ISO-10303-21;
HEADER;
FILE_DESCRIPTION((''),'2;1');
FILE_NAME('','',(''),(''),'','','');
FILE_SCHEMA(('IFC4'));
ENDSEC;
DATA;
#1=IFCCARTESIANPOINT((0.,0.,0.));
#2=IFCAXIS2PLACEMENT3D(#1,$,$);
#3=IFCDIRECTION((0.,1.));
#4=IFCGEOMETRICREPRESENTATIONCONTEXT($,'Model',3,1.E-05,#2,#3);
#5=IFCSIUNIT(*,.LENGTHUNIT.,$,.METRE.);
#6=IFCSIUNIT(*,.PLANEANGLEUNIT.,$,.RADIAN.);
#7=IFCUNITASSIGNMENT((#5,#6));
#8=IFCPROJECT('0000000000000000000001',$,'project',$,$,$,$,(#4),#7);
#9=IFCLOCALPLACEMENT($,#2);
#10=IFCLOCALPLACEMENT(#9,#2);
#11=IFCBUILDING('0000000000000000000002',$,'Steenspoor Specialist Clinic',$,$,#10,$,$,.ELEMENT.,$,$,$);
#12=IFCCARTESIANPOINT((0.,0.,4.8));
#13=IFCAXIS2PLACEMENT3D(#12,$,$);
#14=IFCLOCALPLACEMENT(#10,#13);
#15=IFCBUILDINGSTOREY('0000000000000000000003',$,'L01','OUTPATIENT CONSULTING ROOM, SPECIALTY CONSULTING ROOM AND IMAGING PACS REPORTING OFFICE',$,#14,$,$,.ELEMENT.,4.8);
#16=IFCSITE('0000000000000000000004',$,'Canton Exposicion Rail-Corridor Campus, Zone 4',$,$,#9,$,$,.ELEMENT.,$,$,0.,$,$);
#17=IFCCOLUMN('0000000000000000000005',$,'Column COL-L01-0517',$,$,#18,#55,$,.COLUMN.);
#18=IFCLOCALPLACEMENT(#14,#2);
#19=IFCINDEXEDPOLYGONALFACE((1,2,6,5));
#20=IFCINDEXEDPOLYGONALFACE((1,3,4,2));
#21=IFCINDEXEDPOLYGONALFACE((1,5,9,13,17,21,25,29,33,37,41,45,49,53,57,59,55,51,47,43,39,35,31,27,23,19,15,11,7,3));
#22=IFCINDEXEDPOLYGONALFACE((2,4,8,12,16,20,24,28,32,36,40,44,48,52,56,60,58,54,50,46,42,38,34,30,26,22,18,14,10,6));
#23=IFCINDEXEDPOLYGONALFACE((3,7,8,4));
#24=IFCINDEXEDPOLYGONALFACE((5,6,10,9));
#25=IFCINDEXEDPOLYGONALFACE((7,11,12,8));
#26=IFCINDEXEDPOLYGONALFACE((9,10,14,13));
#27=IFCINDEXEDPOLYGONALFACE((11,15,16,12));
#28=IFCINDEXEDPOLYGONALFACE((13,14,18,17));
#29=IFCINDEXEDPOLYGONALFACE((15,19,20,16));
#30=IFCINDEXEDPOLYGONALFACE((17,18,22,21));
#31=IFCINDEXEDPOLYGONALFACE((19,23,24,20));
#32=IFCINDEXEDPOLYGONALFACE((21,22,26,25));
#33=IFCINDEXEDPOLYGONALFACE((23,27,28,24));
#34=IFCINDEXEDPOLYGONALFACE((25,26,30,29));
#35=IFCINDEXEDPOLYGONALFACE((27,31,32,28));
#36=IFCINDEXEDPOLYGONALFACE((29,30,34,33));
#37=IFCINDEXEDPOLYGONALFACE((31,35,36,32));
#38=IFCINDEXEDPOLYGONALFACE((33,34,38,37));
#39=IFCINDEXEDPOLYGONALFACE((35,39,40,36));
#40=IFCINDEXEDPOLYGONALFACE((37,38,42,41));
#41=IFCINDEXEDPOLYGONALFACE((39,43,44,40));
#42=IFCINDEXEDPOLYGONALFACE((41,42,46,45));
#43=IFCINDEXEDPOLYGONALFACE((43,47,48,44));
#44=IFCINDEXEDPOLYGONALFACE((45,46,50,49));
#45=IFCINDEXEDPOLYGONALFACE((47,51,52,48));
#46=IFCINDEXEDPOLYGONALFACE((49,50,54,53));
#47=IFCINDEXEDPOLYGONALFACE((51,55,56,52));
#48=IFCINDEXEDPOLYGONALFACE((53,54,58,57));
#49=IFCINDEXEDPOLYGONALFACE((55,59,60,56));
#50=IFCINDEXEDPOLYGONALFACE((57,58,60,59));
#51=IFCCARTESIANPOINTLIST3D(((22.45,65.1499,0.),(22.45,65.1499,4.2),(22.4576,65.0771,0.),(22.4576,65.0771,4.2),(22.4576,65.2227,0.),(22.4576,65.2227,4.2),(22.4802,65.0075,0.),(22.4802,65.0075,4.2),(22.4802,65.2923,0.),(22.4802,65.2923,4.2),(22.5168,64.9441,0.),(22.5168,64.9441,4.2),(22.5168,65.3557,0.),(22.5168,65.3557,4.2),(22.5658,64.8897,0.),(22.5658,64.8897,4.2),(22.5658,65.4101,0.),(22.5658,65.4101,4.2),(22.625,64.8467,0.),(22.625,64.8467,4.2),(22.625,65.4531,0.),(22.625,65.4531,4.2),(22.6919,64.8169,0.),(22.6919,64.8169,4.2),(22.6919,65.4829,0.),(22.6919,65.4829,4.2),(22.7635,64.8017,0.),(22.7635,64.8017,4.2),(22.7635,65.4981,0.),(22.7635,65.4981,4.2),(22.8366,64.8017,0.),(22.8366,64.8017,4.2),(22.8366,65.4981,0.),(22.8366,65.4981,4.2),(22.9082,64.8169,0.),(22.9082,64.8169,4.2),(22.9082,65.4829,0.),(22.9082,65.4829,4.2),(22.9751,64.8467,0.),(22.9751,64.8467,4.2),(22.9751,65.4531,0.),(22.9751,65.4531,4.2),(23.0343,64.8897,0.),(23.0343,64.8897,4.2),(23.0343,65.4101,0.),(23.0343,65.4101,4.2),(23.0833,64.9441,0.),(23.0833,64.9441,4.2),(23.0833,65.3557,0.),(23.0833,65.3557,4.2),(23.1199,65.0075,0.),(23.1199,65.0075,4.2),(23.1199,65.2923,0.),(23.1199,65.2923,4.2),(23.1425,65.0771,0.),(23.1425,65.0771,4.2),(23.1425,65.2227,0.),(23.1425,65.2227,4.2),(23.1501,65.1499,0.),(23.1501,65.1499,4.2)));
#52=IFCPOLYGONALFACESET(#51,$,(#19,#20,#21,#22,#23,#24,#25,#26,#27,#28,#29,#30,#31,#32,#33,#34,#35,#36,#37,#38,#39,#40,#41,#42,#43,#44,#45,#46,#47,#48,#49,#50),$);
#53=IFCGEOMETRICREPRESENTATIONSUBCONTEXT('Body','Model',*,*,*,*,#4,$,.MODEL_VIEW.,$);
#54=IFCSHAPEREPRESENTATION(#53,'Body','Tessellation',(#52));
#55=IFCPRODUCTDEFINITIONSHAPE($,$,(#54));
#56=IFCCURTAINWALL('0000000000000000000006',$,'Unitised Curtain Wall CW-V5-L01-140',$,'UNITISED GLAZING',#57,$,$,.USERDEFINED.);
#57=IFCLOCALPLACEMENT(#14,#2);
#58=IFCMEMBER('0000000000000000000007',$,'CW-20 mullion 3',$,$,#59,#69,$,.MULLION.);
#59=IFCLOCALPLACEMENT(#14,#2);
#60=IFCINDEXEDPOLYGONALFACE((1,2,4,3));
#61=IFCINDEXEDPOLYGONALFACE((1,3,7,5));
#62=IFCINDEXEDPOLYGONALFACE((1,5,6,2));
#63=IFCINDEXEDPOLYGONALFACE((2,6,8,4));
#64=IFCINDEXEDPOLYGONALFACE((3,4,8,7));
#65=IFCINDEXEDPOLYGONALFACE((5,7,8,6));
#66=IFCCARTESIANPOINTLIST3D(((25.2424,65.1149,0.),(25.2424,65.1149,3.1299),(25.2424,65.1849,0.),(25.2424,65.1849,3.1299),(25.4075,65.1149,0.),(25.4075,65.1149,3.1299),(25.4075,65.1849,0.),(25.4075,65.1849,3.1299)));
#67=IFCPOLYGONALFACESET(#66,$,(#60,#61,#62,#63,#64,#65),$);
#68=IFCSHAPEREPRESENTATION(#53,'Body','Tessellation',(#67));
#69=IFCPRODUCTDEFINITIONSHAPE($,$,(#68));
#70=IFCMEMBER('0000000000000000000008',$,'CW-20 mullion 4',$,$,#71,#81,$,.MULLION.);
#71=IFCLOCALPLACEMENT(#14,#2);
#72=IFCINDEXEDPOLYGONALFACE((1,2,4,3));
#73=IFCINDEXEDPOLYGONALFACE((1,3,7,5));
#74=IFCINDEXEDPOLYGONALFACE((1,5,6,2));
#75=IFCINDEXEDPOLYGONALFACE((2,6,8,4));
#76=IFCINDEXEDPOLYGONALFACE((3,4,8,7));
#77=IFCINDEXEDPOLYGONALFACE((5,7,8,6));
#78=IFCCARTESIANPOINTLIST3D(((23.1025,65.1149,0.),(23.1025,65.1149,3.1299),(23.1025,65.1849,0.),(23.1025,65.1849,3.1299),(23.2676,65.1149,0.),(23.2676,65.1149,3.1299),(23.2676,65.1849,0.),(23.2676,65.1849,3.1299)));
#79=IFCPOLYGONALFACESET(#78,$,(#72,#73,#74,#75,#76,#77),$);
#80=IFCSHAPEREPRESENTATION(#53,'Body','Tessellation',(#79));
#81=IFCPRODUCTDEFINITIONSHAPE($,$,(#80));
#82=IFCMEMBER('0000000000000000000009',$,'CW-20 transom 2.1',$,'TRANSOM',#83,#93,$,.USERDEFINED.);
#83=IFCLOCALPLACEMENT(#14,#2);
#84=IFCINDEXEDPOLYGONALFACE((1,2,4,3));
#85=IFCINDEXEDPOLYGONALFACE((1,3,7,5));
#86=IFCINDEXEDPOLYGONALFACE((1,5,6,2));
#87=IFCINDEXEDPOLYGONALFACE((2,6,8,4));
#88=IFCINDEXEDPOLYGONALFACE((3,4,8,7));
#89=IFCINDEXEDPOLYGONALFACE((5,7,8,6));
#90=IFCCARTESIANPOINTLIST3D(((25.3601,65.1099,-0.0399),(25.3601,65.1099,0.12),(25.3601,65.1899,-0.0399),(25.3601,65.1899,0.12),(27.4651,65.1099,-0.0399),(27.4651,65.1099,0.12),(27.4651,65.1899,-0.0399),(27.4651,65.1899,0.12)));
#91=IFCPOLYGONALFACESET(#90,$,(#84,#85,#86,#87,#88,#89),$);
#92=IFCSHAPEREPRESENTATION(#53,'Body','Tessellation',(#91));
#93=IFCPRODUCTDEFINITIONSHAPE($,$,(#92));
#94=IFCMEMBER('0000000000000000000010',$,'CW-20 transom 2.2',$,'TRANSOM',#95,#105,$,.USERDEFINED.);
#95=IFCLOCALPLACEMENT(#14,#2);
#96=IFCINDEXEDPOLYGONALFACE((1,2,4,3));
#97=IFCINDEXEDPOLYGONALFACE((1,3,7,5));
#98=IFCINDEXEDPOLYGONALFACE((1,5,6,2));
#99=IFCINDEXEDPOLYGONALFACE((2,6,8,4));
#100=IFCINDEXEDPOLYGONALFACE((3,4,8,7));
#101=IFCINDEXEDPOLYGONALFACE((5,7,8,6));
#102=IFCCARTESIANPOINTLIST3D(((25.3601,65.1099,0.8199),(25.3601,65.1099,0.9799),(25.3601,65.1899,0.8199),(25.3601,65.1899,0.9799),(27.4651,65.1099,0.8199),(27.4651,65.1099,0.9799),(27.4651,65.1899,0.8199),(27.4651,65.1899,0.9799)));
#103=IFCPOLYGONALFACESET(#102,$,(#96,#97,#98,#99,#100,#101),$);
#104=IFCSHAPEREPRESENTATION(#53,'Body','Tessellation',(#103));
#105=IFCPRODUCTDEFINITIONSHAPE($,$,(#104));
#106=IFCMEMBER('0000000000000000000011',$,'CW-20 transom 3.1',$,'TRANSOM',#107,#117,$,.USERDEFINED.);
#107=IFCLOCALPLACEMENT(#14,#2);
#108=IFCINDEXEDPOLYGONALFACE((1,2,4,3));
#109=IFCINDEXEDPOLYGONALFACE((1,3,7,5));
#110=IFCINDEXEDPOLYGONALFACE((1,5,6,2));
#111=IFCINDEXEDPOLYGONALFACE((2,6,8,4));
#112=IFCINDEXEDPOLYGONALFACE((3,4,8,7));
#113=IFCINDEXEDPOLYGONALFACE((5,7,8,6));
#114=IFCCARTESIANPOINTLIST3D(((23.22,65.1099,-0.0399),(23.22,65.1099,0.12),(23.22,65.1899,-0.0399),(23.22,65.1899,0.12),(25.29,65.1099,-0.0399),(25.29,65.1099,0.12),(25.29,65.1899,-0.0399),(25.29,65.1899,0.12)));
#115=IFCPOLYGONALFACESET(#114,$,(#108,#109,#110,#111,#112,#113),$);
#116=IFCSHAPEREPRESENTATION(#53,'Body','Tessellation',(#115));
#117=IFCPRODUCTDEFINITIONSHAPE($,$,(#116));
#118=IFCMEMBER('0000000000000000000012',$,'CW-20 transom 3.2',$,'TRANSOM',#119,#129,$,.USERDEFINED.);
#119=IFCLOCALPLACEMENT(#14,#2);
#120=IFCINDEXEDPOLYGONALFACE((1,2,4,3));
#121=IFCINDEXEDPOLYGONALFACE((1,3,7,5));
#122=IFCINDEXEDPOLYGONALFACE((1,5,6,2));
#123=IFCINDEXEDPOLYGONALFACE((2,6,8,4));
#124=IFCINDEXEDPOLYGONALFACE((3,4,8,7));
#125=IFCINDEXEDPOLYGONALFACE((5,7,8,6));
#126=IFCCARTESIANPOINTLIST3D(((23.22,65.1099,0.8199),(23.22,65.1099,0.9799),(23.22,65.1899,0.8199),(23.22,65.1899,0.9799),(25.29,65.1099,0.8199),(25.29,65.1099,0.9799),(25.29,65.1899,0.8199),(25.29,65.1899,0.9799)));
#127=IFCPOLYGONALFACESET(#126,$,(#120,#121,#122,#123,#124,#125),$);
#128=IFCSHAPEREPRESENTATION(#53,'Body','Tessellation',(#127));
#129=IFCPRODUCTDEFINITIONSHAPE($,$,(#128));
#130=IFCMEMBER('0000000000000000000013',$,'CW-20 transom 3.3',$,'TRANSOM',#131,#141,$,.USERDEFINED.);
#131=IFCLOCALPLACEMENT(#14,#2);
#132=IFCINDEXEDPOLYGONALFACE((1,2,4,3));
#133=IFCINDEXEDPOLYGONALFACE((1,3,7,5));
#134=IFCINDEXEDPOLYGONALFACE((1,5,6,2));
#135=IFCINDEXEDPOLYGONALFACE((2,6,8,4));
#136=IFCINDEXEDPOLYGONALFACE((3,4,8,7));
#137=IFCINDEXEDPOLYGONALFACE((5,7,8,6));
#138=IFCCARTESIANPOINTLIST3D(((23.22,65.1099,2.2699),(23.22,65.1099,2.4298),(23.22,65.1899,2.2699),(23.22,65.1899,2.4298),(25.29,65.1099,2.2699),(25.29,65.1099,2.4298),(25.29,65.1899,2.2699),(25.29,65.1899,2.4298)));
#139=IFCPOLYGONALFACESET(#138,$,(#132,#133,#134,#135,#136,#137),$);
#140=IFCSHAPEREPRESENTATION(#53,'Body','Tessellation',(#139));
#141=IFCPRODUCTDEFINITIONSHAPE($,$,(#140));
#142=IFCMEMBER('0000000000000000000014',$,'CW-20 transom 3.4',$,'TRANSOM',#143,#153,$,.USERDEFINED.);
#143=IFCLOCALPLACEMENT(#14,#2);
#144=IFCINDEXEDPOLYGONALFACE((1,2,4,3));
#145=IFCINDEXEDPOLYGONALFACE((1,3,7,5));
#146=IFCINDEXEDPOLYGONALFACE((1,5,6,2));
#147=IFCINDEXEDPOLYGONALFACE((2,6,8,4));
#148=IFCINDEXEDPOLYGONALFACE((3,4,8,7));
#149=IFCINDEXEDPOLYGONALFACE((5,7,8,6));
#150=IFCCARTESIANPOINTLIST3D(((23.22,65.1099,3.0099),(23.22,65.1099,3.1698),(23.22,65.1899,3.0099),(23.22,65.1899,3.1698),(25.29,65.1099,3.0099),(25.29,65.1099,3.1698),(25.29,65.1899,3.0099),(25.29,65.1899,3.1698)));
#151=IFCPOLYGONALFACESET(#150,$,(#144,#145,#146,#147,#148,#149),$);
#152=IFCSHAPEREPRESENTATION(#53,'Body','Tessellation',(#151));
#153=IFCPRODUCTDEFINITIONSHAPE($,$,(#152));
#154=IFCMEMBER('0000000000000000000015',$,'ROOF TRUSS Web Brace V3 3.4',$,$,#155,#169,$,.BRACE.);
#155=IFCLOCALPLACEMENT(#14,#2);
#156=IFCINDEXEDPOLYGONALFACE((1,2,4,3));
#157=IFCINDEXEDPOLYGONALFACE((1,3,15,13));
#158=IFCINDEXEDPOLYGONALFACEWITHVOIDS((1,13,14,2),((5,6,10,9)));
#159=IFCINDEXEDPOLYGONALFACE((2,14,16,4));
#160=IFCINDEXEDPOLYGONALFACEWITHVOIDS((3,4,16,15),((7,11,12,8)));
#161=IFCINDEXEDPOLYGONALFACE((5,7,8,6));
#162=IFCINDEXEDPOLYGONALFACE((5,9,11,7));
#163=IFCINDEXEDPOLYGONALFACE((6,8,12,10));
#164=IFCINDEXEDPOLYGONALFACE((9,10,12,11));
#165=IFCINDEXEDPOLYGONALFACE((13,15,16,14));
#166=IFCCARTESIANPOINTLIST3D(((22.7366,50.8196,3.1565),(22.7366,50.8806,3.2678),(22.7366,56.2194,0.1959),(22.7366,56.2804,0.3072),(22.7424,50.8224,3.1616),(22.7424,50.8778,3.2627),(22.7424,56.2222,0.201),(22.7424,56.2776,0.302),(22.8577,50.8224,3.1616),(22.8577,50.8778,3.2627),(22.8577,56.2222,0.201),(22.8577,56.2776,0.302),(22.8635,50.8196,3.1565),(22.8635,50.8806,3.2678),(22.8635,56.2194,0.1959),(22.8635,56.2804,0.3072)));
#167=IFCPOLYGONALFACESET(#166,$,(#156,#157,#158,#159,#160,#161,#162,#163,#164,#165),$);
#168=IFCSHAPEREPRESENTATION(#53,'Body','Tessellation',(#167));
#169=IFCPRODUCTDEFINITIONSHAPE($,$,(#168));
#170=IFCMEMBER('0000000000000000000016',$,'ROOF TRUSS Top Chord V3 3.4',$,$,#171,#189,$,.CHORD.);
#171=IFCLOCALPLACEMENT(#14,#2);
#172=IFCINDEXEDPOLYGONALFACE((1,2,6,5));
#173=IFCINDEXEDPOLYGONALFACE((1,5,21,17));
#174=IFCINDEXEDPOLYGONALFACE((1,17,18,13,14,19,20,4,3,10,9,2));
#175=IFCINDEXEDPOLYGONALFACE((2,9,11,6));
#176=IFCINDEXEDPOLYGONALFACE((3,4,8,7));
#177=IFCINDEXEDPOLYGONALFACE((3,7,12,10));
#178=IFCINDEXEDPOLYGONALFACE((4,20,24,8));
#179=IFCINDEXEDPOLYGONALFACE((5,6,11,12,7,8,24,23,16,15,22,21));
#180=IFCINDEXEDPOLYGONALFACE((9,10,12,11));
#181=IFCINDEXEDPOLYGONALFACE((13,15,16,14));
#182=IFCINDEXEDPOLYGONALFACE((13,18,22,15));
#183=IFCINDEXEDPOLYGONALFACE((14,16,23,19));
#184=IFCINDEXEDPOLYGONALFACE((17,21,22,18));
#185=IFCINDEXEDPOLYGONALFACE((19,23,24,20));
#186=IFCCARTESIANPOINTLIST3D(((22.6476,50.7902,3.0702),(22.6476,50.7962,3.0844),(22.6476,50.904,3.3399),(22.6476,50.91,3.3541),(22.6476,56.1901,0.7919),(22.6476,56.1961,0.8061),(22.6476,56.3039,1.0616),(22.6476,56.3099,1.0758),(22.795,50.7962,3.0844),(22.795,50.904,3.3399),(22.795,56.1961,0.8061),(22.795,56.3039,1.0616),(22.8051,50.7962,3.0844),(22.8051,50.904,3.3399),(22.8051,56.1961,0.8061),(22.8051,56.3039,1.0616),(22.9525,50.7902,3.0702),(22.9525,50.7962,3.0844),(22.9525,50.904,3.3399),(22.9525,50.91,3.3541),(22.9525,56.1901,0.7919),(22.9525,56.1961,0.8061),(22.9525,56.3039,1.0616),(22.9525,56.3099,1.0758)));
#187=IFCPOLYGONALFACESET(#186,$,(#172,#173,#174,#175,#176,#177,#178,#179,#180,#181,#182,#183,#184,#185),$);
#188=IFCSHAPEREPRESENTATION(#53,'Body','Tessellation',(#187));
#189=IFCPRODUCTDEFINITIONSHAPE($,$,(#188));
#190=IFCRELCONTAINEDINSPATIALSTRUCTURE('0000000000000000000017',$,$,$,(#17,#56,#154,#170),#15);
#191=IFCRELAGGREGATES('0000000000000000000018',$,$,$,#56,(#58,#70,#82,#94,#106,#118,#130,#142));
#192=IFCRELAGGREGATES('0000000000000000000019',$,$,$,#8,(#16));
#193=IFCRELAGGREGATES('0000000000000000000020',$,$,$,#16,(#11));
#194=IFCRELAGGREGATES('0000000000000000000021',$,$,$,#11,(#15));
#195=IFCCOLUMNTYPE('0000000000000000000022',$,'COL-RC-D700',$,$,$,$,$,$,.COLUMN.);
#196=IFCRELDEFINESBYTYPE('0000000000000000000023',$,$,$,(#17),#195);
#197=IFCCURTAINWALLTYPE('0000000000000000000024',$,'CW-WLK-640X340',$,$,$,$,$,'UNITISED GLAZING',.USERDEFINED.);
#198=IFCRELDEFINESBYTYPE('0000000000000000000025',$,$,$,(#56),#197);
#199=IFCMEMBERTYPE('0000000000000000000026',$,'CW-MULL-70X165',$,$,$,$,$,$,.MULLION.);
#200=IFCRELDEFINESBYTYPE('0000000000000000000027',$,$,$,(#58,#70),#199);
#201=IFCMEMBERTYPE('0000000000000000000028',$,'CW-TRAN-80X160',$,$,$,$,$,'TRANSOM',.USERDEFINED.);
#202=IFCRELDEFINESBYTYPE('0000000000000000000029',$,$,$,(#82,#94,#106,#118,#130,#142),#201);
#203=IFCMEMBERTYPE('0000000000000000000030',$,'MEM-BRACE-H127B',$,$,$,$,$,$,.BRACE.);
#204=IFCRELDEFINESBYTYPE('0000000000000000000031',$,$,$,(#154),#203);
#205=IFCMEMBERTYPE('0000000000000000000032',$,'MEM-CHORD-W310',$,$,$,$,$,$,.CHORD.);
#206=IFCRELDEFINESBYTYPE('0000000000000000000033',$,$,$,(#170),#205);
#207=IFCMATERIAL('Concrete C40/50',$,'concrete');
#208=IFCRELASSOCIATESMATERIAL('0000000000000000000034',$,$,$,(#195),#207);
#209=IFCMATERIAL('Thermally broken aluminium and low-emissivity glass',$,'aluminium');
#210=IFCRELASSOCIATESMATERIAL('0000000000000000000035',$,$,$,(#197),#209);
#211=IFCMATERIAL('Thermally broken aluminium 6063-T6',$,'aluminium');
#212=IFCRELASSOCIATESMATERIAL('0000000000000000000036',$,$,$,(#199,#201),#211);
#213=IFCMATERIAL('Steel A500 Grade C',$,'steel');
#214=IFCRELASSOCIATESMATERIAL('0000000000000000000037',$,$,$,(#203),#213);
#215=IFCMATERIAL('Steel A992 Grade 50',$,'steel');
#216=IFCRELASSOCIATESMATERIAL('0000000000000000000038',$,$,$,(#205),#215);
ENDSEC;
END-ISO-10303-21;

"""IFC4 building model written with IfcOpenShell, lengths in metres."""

from ifc_helpers import new_model, si_unit, direction, frame, origin, origin_2d, place, context, subcontext, project, spatial, rectangle, hollow_rectangle, circle, i_section, extrude, material, material_profile, profile_set, type_object, element, aggregate, save


model = new_model("IFC4")

# Units and contexts
model_context = context("Model", 3, precision=1e-05, world=origin(), true_north=direction((0.0, 1.0)))
body_context = subcontext(model_context, "Body", "Model", "MODEL_VIEW")
ifc_project = project(units=[si_unit("LENGTHUNIT", "METRE"), si_unit("PLANEANGLEUNIT", "RADIAN")], contexts=[model_context])

# Site, building, storey
site_placement = place(None, origin())
site = spatial("IfcSite", under=ifc_project, at=site_placement, Name="Canton Exposicion Rail-Corridor Campus, Zone 4", CompositionType="ELEMENT", RefElevation=0.0)
building_placement = place(site_placement, origin())
building = spatial("IfcBuilding", under=site, at=building_placement, Name="Steenspoor Specialist Clinic", CompositionType="ELEMENT")
storey_placement = place(building_placement, frame((0.0, 0.0, 4.8)))
storey = spatial("IfcBuildingStorey", under=building, at=storey_placement, Name="L01", Description="OUTPATIENT CONSULTING ROOM, SPECIALTY CONSULTING ROOM AND IMAGING PACS REPORTING OFFICE", CompositionType="ELEMENT", Elevation=4.8)

# Column
ifc_material_1 = material(Name="Concrete C40/50", Category="concrete")
ifc_material_profile_1 = material_profile(ifc_material_1, circle(Radius=0.3501, at=origin_2d()), Name="RC-COL-D700")
ifc_profile_set_1 = profile_set([ifc_material_profile_1], Name="Concrete C40/50")
column_type = type_object("IfcColumnType", Name="COL-RC-D700", PredefinedType="COLUMN", material=ifc_profile_set_1)
column_placement = place(storey_placement, frame((22.8, 65.1499, 0.0), z_axis=(0.0, 0.0, 1.0), x_axis=(1.0, 0.0, 0.0)))
element("IfcColumn", 1, at=column_placement, inside=storey, type_object=column_type, Name="Column COL-L01-0517", PredefinedType="COLUMN", context=body_context, shape_type="SweptSolid", body=[
    extrude(circle(Radius=0.3501, at=origin_2d()), origin(), (0.0, 0.0, 1.0), 4.2),
])

# Curtain wall, members
ifc_material_2 = material(Name="Thermally broken aluminium and low-emissivity glass", Category="aluminium")
curtain_wall_type = type_object("IfcCurtainWallType", Name="CW-WLK-640X340", ElementType="UNITISED GLAZING", PredefinedType="USERDEFINED", material=ifc_material_2)
curtain_wall_placement = place(storey_placement, origin())
curtain_wall = element("IfcCurtainWall", 2, at=curtain_wall_placement, inside=storey, type_object=curtain_wall_type, Name="Unitised Curtain Wall CW-V5-L01-140", ObjectType="UNITISED GLAZING", PredefinedType="USERDEFINED")
ifc_material_3 = material(Name="Thermally broken aluminium 6063-T6", Category="aluminium")
ifc_material_profile_2 = material_profile(ifc_material_3, rectangle(XDim=0.0701, YDim=0.165, at=origin_2d()), Name="CWM-70X165")
ifc_profile_set_2 = profile_set([ifc_material_profile_2], Name="Thermally broken aluminium 6063-T6")
member_type_1 = type_object("IfcMemberType", Name="CW-MULL-70X165", PredefinedType="MULLION", material=ifc_profile_set_2)
member_1_placement = place(storey_placement, frame((25.325, 65.1499, 0.0), z_axis=(0.0, 0.0, 1.0), x_axis=(0.0, -1.0, 0.0)))
member_1 = element("IfcMember", 3, at=member_1_placement, type_object=member_type_1, Name="CW-20 mullion 3", PredefinedType="MULLION", context=body_context, shape_type="SweptSolid", body=[
    extrude(rectangle(XDim=0.0701, YDim=0.165, at=origin_2d()), origin(), (0.0, 0.0, 1.0), 3.1299),
])
member_2_placement = place(storey_placement, frame((23.1851, 65.1499, 0.0), z_axis=(0.0, 0.0, 1.0), x_axis=(0.0, -1.0, 0.0)))
member_2 = element("IfcMember", 4, at=member_2_placement, type_object=member_type_1, Name="CW-20 mullion 4", PredefinedType="MULLION", context=body_context, shape_type="SweptSolid", body=[
    extrude(rectangle(XDim=0.0701, YDim=0.165, at=origin_2d()), origin(), (0.0, 0.0, 1.0), 3.1299),
])
ifc_material_profile_3 = material_profile(ifc_material_3, rectangle(XDim=0.0801, YDim=0.1599, at=origin_2d()), Name="CWT-80X160")
ifc_profile_set_3 = profile_set([ifc_material_profile_3], Name="Thermally broken aluminium 6063-T6")
member_type_2 = type_object("IfcMemberType", Name="CW-TRAN-80X160", ElementType="TRANSOM", PredefinedType="USERDEFINED", material=ifc_profile_set_3)
member_3_placement = place(storey_placement, frame((27.4651, 65.1499, 0.04), z_axis=(-1.0, 0.0, 0.0), x_axis=(0.0, -1.0, 0.0)))
member_3 = element("IfcMember", 5, at=member_3_placement, type_object=member_type_2, Name="CW-20 transom 2.1", ObjectType="TRANSOM", PredefinedType="USERDEFINED", context=body_context, shape_type="SweptSolid", body=[
    extrude(rectangle(XDim=0.0801, YDim=0.1599, at=origin_2d()), origin(), (0.0, 0.0, 1.0), 2.105),
])
member_4_placement = place(storey_placement, frame((27.4651, 65.1499, 0.8999), z_axis=(-1.0, 0.0, 0.0), x_axis=(0.0, -1.0, 0.0)))
member_4 = element("IfcMember", 6, at=member_4_placement, type_object=member_type_2, Name="CW-20 transom 2.2", ObjectType="TRANSOM", PredefinedType="USERDEFINED", context=body_context, shape_type="SweptSolid", body=[
    extrude(rectangle(XDim=0.0801, YDim=0.1599, at=origin_2d()), origin(), (0.0, 0.0, 1.0), 2.105),
])
member_5_placement = place(storey_placement, frame((25.29, 65.1499, 0.04), z_axis=(-1.0, 0.0, 0.0), x_axis=(0.0, -1.0, 0.0)))
member_5 = element("IfcMember", 7, at=member_5_placement, type_object=member_type_2, Name="CW-20 transom 3.1", ObjectType="TRANSOM", PredefinedType="USERDEFINED", context=body_context, shape_type="SweptSolid", body=[
    extrude(rectangle(XDim=0.0801, YDim=0.1599, at=origin_2d()), origin(), (0.0, 0.0, 1.0), 2.0701),
])
member_6_placement = place(storey_placement, frame((25.29, 65.1499, 0.8999), z_axis=(-1.0, 0.0, 0.0), x_axis=(0.0, -1.0, 0.0)))
member_6 = element("IfcMember", 8, at=member_6_placement, type_object=member_type_2, Name="CW-20 transom 3.2", ObjectType="TRANSOM", PredefinedType="USERDEFINED", context=body_context, shape_type="SweptSolid", body=[
    extrude(rectangle(XDim=0.0801, YDim=0.1599, at=origin_2d()), origin(), (0.0, 0.0, 1.0), 2.0701),
])
member_7_placement = place(storey_placement, frame((25.29, 65.1499, 2.3499), z_axis=(-1.0, 0.0, 0.0), x_axis=(0.0, -1.0, 0.0)))
member_7 = element("IfcMember", 9, at=member_7_placement, type_object=member_type_2, Name="CW-20 transom 3.3", ObjectType="TRANSOM", PredefinedType="USERDEFINED", context=body_context, shape_type="SweptSolid", body=[
    extrude(rectangle(XDim=0.0801, YDim=0.1599, at=origin_2d()), origin(), (0.0, 0.0, 1.0), 2.0701),
])
member_8_placement = place(storey_placement, frame((25.29, 65.1499, 3.0898), z_axis=(-1.0, 0.0, 0.0), x_axis=(0.0, -1.0, 0.0)))
member_8 = element("IfcMember", 10, at=member_8_placement, type_object=member_type_2, Name="CW-20 transom 3.4", ObjectType="TRANSOM", PredefinedType="USERDEFINED", context=body_context, shape_type="SweptSolid", body=[
    extrude(rectangle(XDim=0.0801, YDim=0.1599, at=origin_2d()), origin(), (0.0, 0.0, 1.0), 2.0701),
])

# Members
ifc_material_4 = material(Name="Steel A500 Grade C", Category="steel")
ifc_material_profile_4 = material_profile(ifc_material_4, hollow_rectangle(XDim=0.127, YDim=0.127, WallThickness=0.0059, at=origin_2d()), Name="HSS127X127X6.4")
ifc_profile_set_4 = profile_set([ifc_material_profile_4], Name="Steel A500 Grade C")
member_type_3 = type_object("IfcMemberType", Name="MEM-BRACE-H127B", PredefinedType="BRACE", material=ifc_profile_set_4)
member_9_placement = place(storey_placement, frame((22.8, 50.8501, 3.2122), z_axis=(0.0, 0.87685, -0.480765), x_axis=(-1.0, 0.0, 0.0)))
element("IfcMember", 11, at=member_9_placement, inside=storey, type_object=member_type_3, Name="ROOF TRUSS Web Brace V3 3.4", PredefinedType="BRACE", context=body_context, shape_type="SweptSolid", body=[
    extrude(hollow_rectangle(XDim=0.127, YDim=0.127, WallThickness=0.0059, at=origin_2d()), origin(), (0.0, 0.0, 1.0), 6.1582),
])
ifc_material_5 = material(Name="Steel A992 Grade 50", Category="steel")
ifc_material_profile_5 = material_profile(ifc_material_5, i_section(OverallWidth=0.3049, OverallDepth=0.3081, WebThickness=0.01, FlangeThickness=0.0154, at=origin_2d()), Name="W310X97")
ifc_profile_set_5 = profile_set([ifc_material_profile_5], Name="Steel A992 Grade 50")
member_type_4 = type_object("IfcMemberType", Name="MEM-CHORD-W310", PredefinedType="CHORD", material=ifc_profile_set_5)
member_10_placement = place(storey_placement, frame((22.8, 50.8501, 3.2122), z_axis=(0.0, 0.92135, -0.388735), x_axis=(-1.0, 0.0, 0.0)))
element("IfcMember", 12, at=member_10_placement, inside=storey, type_object=member_type_4, Name="ROOF TRUSS Top Chord V3 3.4", PredefinedType="CHORD", context=body_context, shape_type="SweptSolid", body=[
    extrude(i_section(OverallWidth=0.3049, OverallDepth=0.3081, WebThickness=0.01, FlangeThickness=0.0154, at=origin_2d()), origin(), (0.0, 0.0, 1.0), 5.8608),
])

aggregate(curtain_wall, [member_1, member_2, member_3, member_4, member_5, member_6, member_7, member_8])

save(model, "model.ifc")
